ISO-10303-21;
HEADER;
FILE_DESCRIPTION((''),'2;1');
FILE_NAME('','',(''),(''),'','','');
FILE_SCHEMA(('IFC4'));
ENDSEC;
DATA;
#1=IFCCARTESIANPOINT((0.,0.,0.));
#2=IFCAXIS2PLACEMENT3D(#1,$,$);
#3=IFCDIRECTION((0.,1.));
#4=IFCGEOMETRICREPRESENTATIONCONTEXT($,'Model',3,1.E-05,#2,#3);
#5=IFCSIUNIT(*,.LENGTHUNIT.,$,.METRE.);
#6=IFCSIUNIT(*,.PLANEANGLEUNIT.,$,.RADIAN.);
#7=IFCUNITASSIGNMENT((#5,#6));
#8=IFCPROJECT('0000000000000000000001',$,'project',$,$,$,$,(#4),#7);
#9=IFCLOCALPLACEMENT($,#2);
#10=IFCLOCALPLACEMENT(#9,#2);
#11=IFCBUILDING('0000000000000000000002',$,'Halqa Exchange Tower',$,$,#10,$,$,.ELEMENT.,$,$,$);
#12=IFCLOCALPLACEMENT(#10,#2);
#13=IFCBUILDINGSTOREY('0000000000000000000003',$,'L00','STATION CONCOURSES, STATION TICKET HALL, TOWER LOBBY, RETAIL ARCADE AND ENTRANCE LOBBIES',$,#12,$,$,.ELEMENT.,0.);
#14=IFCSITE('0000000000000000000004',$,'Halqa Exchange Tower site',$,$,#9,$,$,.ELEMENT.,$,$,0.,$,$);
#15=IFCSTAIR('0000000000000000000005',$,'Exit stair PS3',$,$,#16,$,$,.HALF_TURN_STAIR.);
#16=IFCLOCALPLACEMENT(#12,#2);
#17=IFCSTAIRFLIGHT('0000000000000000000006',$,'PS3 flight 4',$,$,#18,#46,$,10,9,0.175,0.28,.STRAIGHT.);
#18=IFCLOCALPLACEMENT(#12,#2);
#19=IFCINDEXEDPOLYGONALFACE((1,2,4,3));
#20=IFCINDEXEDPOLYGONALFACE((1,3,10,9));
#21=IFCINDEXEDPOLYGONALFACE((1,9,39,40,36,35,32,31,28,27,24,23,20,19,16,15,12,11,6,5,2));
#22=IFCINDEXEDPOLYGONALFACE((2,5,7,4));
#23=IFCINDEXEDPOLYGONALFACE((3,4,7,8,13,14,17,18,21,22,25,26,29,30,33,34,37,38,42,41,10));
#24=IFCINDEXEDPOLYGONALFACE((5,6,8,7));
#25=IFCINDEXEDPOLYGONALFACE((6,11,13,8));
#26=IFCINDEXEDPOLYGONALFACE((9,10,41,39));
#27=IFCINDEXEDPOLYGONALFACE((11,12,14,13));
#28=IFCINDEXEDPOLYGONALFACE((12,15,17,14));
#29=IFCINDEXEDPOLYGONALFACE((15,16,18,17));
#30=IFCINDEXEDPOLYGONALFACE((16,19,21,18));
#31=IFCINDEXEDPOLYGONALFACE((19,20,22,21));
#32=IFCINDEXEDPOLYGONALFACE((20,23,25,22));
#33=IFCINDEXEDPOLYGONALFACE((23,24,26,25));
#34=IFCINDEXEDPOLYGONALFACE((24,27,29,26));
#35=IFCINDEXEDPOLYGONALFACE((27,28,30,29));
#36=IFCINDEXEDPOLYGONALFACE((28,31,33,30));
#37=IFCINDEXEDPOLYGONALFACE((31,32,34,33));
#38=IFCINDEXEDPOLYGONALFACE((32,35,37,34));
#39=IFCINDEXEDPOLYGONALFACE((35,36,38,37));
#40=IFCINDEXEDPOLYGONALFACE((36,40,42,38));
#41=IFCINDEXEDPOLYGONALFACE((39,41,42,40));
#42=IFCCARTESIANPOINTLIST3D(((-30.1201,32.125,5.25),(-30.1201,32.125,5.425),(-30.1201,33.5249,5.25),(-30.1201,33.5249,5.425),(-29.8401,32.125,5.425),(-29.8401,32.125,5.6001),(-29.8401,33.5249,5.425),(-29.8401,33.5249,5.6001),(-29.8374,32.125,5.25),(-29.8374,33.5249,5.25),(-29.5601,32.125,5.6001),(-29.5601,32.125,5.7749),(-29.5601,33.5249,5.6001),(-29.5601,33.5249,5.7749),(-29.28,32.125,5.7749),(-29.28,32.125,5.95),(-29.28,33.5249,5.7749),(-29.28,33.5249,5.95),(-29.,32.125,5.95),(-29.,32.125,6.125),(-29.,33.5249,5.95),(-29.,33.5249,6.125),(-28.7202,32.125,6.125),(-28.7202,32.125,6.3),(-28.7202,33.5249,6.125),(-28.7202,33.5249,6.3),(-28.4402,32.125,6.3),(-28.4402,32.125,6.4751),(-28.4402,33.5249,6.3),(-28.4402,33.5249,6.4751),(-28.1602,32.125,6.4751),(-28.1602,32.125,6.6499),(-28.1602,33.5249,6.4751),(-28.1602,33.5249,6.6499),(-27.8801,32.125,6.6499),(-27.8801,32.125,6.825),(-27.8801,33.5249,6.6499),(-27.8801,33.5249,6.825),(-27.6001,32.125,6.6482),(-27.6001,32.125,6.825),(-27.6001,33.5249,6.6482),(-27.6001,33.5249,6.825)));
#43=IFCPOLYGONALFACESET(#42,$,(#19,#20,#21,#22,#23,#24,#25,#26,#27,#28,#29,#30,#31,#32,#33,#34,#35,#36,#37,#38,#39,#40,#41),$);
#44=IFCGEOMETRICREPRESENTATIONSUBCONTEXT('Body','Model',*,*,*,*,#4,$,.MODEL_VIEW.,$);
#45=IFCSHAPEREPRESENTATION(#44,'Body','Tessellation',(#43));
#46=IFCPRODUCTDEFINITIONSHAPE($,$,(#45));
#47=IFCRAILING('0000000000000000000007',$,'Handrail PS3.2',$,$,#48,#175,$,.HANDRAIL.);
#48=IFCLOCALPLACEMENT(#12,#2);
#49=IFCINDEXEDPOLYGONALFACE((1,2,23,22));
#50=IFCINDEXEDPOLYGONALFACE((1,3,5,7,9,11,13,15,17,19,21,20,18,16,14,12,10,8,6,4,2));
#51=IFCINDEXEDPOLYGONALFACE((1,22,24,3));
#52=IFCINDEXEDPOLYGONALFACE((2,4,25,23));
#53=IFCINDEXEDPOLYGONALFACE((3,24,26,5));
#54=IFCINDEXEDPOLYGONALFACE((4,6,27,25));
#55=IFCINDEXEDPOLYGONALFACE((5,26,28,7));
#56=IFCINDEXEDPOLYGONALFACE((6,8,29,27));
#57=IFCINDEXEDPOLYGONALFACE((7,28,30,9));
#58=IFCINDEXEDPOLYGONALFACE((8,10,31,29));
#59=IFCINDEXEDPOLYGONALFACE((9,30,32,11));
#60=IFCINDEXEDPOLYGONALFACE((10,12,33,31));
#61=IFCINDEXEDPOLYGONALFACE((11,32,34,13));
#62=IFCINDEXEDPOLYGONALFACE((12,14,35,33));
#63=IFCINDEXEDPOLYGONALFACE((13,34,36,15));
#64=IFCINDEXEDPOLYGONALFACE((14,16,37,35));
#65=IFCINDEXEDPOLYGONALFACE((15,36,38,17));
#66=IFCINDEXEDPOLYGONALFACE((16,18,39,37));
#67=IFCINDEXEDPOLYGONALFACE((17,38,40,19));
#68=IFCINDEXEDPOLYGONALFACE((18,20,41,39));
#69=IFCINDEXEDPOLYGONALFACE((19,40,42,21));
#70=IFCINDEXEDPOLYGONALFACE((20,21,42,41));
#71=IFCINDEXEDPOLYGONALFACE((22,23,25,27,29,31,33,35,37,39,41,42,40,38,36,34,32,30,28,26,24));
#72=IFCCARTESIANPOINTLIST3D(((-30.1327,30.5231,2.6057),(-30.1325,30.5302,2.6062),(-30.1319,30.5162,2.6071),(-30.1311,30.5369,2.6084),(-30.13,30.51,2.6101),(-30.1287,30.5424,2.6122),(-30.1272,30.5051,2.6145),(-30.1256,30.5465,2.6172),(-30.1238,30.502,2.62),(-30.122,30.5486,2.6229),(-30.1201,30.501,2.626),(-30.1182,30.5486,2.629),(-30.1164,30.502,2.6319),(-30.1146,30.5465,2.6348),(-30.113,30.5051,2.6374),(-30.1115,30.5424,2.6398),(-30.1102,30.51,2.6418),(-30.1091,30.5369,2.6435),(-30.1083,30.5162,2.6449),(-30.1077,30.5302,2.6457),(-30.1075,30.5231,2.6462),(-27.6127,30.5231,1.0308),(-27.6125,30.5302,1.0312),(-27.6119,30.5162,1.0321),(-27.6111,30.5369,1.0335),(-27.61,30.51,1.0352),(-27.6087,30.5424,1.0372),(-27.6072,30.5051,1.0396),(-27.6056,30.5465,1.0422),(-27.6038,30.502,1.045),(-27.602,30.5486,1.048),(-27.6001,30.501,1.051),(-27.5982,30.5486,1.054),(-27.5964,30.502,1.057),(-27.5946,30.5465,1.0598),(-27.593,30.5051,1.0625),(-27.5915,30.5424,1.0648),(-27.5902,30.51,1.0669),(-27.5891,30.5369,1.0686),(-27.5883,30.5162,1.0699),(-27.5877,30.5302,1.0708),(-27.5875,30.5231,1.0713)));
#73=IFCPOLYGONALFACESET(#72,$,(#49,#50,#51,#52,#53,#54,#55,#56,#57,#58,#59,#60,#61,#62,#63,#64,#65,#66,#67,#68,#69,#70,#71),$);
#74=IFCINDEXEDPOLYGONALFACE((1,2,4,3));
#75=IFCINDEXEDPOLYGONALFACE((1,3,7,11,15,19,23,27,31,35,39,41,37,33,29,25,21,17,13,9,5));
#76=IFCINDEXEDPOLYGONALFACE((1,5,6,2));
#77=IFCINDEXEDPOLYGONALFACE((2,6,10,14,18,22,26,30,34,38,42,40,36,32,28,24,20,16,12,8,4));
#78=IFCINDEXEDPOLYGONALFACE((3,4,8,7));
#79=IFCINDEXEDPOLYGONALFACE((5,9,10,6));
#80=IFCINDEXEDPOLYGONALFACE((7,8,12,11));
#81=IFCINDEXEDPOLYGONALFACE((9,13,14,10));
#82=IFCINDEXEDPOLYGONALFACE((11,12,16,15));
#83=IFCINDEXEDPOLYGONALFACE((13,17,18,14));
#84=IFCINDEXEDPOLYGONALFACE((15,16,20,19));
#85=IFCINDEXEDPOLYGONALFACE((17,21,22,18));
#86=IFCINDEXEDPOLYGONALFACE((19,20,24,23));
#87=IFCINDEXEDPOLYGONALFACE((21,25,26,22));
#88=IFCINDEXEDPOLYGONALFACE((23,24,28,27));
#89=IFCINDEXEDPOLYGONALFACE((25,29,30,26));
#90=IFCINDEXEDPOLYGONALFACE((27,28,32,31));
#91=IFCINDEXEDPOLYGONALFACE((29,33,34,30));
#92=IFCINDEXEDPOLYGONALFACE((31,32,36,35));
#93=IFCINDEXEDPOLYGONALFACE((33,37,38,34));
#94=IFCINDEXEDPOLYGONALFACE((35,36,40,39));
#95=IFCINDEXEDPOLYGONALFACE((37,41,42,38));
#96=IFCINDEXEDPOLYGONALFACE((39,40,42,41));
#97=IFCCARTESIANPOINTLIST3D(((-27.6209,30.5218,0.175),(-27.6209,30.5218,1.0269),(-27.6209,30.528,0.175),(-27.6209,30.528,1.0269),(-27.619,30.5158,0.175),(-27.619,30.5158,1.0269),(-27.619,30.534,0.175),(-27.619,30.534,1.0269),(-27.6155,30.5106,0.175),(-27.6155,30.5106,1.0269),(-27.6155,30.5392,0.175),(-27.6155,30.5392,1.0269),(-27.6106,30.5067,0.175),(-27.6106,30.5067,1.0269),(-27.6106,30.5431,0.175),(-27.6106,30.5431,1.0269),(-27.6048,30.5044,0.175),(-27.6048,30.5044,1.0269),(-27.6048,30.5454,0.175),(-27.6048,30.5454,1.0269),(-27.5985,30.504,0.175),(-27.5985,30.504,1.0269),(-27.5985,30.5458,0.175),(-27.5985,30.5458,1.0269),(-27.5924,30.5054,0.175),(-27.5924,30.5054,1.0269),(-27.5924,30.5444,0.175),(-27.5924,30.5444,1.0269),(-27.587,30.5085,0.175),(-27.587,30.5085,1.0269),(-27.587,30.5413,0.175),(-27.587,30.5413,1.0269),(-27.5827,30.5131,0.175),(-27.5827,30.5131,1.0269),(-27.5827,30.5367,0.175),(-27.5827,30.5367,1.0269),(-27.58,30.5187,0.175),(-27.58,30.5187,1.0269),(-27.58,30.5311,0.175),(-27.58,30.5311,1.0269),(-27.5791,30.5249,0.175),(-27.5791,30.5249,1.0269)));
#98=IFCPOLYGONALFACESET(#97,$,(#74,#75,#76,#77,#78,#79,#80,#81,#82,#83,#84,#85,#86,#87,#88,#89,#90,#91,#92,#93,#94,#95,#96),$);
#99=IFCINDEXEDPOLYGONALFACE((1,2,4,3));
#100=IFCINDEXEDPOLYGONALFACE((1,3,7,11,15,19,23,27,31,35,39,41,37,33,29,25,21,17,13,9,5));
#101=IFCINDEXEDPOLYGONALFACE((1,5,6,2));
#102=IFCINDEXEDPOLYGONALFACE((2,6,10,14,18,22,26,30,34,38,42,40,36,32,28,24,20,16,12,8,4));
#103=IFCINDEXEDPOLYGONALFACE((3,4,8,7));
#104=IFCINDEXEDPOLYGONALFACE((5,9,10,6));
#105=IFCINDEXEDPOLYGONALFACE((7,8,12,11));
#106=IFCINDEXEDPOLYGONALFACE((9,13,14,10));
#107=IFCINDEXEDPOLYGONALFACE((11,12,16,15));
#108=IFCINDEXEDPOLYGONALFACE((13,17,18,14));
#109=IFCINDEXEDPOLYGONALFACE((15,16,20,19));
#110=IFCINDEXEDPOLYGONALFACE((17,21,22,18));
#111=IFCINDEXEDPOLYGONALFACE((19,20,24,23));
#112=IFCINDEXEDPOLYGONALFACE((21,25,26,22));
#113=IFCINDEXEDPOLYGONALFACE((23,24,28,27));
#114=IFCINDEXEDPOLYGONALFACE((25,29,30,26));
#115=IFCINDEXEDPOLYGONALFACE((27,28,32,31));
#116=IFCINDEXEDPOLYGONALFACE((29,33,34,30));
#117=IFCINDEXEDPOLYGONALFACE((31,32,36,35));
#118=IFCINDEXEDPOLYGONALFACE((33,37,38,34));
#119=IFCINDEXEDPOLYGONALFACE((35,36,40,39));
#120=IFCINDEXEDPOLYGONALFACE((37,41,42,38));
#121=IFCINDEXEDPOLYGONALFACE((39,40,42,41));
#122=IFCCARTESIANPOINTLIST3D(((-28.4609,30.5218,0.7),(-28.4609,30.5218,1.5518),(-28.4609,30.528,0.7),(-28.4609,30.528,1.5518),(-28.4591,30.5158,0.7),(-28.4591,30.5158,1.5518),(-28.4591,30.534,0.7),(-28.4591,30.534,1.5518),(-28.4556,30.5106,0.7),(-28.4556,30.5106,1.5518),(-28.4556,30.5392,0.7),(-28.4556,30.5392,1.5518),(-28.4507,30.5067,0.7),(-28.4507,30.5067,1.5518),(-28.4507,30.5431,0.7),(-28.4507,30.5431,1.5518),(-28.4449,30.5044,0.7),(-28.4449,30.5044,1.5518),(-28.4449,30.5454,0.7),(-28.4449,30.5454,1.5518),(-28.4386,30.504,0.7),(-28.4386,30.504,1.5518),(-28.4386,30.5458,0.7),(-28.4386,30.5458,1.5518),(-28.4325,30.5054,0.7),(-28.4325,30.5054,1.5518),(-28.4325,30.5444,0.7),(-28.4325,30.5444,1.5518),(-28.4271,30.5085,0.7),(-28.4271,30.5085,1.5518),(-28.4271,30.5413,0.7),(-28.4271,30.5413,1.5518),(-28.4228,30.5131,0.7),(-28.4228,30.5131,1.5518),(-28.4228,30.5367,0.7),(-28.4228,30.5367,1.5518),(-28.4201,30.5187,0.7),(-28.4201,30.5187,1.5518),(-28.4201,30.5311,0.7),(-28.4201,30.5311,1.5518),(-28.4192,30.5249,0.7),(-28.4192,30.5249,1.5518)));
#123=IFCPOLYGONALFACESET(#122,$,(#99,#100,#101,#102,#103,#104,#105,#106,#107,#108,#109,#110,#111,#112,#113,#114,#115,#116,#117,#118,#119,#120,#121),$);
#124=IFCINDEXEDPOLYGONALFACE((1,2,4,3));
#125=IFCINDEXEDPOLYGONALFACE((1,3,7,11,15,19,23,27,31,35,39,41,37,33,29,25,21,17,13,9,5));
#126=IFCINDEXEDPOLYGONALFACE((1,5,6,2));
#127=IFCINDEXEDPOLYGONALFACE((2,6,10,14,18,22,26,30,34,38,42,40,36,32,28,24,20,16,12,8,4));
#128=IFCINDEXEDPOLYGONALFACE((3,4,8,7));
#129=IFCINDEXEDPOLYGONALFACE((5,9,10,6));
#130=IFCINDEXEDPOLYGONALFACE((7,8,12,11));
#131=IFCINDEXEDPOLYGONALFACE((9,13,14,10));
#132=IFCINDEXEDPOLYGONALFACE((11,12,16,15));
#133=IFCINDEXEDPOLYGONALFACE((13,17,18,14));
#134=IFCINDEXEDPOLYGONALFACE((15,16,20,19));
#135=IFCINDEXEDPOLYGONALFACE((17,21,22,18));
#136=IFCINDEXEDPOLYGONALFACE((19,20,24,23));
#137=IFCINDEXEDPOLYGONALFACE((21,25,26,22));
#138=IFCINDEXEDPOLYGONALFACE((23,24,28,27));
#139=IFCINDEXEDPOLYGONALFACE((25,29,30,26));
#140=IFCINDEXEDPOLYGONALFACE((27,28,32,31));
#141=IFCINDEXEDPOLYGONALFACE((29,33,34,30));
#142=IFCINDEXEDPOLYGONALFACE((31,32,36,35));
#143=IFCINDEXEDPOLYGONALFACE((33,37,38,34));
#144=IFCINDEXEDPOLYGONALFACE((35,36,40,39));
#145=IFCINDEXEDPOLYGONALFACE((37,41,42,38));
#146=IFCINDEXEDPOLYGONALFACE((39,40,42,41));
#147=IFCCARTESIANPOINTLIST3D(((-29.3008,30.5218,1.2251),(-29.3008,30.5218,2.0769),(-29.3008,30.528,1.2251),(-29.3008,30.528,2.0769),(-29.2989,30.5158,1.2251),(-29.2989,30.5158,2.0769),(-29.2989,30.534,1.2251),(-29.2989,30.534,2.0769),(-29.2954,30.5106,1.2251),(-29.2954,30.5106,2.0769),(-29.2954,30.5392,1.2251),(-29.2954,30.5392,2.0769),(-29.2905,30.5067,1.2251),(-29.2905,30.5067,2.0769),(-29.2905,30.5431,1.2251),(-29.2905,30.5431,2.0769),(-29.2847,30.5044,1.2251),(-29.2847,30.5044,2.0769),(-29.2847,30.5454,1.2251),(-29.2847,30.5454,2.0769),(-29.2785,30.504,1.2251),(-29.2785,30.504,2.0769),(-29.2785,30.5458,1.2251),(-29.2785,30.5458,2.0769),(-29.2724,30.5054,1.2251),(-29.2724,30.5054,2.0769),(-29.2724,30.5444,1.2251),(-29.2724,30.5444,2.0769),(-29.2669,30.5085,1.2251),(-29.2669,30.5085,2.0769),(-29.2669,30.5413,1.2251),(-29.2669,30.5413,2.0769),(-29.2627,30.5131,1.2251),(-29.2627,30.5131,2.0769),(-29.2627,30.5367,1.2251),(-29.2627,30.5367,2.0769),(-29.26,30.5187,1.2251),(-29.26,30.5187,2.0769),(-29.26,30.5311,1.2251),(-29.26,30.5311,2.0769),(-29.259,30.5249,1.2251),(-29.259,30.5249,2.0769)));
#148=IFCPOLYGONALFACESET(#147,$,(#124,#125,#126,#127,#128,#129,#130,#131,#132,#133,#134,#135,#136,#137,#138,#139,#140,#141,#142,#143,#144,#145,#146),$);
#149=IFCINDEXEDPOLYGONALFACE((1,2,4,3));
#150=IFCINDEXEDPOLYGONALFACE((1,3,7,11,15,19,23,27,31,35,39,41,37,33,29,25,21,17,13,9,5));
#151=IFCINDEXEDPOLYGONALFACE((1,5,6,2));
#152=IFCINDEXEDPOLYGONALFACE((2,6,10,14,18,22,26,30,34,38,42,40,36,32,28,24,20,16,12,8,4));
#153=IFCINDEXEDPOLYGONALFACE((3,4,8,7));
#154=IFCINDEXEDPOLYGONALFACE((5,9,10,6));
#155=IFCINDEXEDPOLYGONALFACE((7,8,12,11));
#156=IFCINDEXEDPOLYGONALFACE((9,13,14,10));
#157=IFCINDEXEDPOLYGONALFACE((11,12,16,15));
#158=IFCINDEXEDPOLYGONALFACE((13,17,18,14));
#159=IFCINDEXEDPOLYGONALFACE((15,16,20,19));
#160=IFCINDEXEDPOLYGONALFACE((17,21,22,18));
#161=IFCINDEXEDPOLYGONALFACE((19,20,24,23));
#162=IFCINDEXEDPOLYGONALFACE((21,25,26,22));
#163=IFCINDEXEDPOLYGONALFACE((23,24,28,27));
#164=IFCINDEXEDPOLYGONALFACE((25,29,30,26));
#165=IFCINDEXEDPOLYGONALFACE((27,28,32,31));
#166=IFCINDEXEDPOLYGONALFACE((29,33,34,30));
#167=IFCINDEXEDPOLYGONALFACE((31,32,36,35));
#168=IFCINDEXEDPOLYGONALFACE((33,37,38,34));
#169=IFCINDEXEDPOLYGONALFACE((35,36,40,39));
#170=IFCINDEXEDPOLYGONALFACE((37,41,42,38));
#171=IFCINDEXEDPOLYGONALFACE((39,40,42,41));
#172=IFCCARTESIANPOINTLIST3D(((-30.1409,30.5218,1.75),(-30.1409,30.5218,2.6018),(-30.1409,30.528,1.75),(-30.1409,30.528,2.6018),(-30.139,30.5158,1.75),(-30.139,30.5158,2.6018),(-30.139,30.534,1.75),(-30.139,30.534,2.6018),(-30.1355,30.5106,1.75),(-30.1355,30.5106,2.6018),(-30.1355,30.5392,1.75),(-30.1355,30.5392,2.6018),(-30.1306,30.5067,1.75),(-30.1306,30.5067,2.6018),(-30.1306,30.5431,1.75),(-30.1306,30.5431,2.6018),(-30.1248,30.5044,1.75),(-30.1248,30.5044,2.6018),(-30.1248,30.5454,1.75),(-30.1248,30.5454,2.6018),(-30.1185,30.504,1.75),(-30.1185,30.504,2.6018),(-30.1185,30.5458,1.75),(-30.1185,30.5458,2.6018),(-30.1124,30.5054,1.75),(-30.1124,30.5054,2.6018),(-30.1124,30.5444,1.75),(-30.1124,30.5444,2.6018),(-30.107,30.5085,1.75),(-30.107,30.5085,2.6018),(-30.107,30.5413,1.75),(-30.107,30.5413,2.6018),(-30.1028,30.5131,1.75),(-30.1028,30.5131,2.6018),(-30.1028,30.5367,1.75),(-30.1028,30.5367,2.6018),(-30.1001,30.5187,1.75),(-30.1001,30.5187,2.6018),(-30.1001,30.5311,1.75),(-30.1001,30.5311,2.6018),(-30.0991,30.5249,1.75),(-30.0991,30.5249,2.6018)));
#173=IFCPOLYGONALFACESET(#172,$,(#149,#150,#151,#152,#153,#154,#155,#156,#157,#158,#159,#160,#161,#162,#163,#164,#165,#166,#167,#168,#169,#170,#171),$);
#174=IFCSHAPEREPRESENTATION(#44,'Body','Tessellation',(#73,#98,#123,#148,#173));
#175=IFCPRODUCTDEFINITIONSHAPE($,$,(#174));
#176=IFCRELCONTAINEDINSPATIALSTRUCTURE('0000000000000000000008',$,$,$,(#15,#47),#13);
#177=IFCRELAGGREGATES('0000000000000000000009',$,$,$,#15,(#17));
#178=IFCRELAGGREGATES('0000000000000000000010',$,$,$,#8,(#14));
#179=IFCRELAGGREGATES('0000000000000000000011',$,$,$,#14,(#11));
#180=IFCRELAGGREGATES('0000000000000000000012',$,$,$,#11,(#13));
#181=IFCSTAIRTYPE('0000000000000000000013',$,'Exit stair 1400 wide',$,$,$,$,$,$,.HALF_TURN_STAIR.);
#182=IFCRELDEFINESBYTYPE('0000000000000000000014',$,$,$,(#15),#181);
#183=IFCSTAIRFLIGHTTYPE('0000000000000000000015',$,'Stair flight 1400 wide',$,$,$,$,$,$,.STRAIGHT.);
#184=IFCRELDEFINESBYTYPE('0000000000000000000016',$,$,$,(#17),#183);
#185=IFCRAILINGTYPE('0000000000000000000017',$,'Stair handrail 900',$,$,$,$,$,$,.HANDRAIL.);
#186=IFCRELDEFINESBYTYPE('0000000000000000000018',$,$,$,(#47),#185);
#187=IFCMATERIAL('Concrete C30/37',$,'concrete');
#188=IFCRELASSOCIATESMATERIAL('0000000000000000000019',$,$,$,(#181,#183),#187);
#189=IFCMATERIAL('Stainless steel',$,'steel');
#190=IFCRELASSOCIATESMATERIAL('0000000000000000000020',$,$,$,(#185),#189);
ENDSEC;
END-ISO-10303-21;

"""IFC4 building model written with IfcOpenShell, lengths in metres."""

from ifc_helpers import new_model, si_unit, direction, frame, origin, origin_2d, place, context, subcontext, project, spatial, polyline, circle, outline, extrude, material, type_object, element, aggregate, save


model = new_model("IFC4")

# Units and contexts
model_context = context("Model", 3, precision=1e-05, world=origin(), true_north=direction((0.0, 1.0)))
body_context = subcontext(model_context, "Body", "Model", "MODEL_VIEW")
ifc_project = project(units=[si_unit("LENGTHUNIT", "METRE"), si_unit("PLANEANGLEUNIT", "RADIAN")], contexts=[model_context])

# Site, building, storey
site_placement = place(None, origin())
site = spatial("IfcSite", under=ifc_project, at=site_placement, Name="Halqa Exchange Tower site", CompositionType="ELEMENT", RefElevation=0.0)
building_placement = place(site_placement, origin())
building = spatial("IfcBuilding", under=site, at=building_placement, Name="Halqa Exchange Tower", CompositionType="ELEMENT")
storey_placement = place(building_placement, origin())
storey = spatial("IfcBuildingStorey", under=building, at=storey_placement, Name="L00", Description="STATION CONCOURSES, STATION TICKET HALL, TOWER LOBBY, RETAIL ARCADE AND ENTRANCE LOBBIES", CompositionType="ELEMENT", Elevation=0.0)

# Shared definitions
ifc_material_1 = material(Name="Concrete C30/37", Category="concrete")

# Stair, stair flight
stair_type = type_object("IfcStairType", Name="Exit stair 1400 wide", PredefinedType="HALF_TURN_STAIR", material=ifc_material_1)
stair_placement = place(storey_placement, origin())
stair = element("IfcStair", 1, at=stair_placement, inside=storey, type_object=stair_type, Name="Exit stair PS3", PredefinedType="HALF_TURN_STAIR")
stair_flight_type = type_object("IfcStairFlightType", Name="Stair flight 1400 wide", PredefinedType="STRAIGHT", material=ifc_material_1)
stair_flight_1_placement = place(storey_placement, frame((-30.1201, 32.825, 5.25), z_axis=(0.0, 0.0, 1.0), x_axis=(1.0, 0.0, 0.0)))
stair_flight_1 = element("IfcStairFlight", 2, at=stair_flight_1_placement, type_object=stair_flight_type, Name="PS3 flight 4", NumberOfRisers=10, NumberOfTreads=9, PredefinedType="STRAIGHT", RiserHeight=0.175, TreadLength=0.28, context=body_context, shape_type="SweptSolid", body=[
    extrude(outline(polyline([(0.0, 0.0), (0.0, 0.175), (0.28, 0.175), (0.28, 0.3501), (0.5601, 0.3501), (0.5601, 0.5249), (0.8401, 0.5249), (0.8401, 0.7), (1.1201, 0.7), (1.1201, 0.875), (1.3999, 0.875), (1.3999, 1.05), (1.6799, 1.05), (1.6799, 1.2251), (1.96, 1.2251), (1.96, 1.3999), (2.24, 1.3999), (2.24, 1.575), (2.52, 1.575), (2.52, 1.75), (2.52, 1.3982), (0.2827, 0.0), (0.0, 0.0)])), frame((0.0, 0.7, 0.0), z_axis=(0.0, -1.0, 0.0), x_axis=(1.0, 0.0, 0.0)), (0.0, 0.0, 1.0), 1.3999),
])
aggregate(stair, [stair_flight_1])

# Railing
ifc_material_2 = material(Name="Stainless steel", Category="steel")
railing_type = type_object("IfcRailingType", Name="Stair handrail 900", PredefinedType="HANDRAIL", material=ifc_material_2)
railing_placement = place(storey_placement, frame((-27.6001, 30.5249, 0.175)))
element("IfcRailing", 3, at=railing_placement, inside=storey, type_object=railing_type, Name="Handrail PS3.2", PredefinedType="HANDRAIL", context=body_context, shape_type="SweptSolid", body=[
    extrude(circle(Radius=0.0239, at=origin_2d()), frame((0.0, 0.0, 0.876), z_axis=(-0.848008, 0.0, 0.529984), x_axis=(0.0, -1.0, 0.0)), (0.0, 0.0, 1.0), 2.9717),
    extrude(circle(Radius=0.021, at=origin_2d()), origin(), (0.0, 0.0, 1.0), 0.8518),
    extrude(circle(Radius=0.021, at=origin_2d()), frame((-0.8401, 0.0, 0.5249)), (0.0, 0.0, 1.0), 0.8518),
    extrude(circle(Radius=0.021, at=origin_2d()), frame((-1.6799, 0.0, 1.05)), (0.0, 0.0, 1.0), 0.8518),
    extrude(circle(Radius=0.021, at=origin_2d()), frame((-2.52, 0.0, 1.575)), (0.0, 0.0, 1.0), 0.8518),
])

save(model, "model.ifc")
